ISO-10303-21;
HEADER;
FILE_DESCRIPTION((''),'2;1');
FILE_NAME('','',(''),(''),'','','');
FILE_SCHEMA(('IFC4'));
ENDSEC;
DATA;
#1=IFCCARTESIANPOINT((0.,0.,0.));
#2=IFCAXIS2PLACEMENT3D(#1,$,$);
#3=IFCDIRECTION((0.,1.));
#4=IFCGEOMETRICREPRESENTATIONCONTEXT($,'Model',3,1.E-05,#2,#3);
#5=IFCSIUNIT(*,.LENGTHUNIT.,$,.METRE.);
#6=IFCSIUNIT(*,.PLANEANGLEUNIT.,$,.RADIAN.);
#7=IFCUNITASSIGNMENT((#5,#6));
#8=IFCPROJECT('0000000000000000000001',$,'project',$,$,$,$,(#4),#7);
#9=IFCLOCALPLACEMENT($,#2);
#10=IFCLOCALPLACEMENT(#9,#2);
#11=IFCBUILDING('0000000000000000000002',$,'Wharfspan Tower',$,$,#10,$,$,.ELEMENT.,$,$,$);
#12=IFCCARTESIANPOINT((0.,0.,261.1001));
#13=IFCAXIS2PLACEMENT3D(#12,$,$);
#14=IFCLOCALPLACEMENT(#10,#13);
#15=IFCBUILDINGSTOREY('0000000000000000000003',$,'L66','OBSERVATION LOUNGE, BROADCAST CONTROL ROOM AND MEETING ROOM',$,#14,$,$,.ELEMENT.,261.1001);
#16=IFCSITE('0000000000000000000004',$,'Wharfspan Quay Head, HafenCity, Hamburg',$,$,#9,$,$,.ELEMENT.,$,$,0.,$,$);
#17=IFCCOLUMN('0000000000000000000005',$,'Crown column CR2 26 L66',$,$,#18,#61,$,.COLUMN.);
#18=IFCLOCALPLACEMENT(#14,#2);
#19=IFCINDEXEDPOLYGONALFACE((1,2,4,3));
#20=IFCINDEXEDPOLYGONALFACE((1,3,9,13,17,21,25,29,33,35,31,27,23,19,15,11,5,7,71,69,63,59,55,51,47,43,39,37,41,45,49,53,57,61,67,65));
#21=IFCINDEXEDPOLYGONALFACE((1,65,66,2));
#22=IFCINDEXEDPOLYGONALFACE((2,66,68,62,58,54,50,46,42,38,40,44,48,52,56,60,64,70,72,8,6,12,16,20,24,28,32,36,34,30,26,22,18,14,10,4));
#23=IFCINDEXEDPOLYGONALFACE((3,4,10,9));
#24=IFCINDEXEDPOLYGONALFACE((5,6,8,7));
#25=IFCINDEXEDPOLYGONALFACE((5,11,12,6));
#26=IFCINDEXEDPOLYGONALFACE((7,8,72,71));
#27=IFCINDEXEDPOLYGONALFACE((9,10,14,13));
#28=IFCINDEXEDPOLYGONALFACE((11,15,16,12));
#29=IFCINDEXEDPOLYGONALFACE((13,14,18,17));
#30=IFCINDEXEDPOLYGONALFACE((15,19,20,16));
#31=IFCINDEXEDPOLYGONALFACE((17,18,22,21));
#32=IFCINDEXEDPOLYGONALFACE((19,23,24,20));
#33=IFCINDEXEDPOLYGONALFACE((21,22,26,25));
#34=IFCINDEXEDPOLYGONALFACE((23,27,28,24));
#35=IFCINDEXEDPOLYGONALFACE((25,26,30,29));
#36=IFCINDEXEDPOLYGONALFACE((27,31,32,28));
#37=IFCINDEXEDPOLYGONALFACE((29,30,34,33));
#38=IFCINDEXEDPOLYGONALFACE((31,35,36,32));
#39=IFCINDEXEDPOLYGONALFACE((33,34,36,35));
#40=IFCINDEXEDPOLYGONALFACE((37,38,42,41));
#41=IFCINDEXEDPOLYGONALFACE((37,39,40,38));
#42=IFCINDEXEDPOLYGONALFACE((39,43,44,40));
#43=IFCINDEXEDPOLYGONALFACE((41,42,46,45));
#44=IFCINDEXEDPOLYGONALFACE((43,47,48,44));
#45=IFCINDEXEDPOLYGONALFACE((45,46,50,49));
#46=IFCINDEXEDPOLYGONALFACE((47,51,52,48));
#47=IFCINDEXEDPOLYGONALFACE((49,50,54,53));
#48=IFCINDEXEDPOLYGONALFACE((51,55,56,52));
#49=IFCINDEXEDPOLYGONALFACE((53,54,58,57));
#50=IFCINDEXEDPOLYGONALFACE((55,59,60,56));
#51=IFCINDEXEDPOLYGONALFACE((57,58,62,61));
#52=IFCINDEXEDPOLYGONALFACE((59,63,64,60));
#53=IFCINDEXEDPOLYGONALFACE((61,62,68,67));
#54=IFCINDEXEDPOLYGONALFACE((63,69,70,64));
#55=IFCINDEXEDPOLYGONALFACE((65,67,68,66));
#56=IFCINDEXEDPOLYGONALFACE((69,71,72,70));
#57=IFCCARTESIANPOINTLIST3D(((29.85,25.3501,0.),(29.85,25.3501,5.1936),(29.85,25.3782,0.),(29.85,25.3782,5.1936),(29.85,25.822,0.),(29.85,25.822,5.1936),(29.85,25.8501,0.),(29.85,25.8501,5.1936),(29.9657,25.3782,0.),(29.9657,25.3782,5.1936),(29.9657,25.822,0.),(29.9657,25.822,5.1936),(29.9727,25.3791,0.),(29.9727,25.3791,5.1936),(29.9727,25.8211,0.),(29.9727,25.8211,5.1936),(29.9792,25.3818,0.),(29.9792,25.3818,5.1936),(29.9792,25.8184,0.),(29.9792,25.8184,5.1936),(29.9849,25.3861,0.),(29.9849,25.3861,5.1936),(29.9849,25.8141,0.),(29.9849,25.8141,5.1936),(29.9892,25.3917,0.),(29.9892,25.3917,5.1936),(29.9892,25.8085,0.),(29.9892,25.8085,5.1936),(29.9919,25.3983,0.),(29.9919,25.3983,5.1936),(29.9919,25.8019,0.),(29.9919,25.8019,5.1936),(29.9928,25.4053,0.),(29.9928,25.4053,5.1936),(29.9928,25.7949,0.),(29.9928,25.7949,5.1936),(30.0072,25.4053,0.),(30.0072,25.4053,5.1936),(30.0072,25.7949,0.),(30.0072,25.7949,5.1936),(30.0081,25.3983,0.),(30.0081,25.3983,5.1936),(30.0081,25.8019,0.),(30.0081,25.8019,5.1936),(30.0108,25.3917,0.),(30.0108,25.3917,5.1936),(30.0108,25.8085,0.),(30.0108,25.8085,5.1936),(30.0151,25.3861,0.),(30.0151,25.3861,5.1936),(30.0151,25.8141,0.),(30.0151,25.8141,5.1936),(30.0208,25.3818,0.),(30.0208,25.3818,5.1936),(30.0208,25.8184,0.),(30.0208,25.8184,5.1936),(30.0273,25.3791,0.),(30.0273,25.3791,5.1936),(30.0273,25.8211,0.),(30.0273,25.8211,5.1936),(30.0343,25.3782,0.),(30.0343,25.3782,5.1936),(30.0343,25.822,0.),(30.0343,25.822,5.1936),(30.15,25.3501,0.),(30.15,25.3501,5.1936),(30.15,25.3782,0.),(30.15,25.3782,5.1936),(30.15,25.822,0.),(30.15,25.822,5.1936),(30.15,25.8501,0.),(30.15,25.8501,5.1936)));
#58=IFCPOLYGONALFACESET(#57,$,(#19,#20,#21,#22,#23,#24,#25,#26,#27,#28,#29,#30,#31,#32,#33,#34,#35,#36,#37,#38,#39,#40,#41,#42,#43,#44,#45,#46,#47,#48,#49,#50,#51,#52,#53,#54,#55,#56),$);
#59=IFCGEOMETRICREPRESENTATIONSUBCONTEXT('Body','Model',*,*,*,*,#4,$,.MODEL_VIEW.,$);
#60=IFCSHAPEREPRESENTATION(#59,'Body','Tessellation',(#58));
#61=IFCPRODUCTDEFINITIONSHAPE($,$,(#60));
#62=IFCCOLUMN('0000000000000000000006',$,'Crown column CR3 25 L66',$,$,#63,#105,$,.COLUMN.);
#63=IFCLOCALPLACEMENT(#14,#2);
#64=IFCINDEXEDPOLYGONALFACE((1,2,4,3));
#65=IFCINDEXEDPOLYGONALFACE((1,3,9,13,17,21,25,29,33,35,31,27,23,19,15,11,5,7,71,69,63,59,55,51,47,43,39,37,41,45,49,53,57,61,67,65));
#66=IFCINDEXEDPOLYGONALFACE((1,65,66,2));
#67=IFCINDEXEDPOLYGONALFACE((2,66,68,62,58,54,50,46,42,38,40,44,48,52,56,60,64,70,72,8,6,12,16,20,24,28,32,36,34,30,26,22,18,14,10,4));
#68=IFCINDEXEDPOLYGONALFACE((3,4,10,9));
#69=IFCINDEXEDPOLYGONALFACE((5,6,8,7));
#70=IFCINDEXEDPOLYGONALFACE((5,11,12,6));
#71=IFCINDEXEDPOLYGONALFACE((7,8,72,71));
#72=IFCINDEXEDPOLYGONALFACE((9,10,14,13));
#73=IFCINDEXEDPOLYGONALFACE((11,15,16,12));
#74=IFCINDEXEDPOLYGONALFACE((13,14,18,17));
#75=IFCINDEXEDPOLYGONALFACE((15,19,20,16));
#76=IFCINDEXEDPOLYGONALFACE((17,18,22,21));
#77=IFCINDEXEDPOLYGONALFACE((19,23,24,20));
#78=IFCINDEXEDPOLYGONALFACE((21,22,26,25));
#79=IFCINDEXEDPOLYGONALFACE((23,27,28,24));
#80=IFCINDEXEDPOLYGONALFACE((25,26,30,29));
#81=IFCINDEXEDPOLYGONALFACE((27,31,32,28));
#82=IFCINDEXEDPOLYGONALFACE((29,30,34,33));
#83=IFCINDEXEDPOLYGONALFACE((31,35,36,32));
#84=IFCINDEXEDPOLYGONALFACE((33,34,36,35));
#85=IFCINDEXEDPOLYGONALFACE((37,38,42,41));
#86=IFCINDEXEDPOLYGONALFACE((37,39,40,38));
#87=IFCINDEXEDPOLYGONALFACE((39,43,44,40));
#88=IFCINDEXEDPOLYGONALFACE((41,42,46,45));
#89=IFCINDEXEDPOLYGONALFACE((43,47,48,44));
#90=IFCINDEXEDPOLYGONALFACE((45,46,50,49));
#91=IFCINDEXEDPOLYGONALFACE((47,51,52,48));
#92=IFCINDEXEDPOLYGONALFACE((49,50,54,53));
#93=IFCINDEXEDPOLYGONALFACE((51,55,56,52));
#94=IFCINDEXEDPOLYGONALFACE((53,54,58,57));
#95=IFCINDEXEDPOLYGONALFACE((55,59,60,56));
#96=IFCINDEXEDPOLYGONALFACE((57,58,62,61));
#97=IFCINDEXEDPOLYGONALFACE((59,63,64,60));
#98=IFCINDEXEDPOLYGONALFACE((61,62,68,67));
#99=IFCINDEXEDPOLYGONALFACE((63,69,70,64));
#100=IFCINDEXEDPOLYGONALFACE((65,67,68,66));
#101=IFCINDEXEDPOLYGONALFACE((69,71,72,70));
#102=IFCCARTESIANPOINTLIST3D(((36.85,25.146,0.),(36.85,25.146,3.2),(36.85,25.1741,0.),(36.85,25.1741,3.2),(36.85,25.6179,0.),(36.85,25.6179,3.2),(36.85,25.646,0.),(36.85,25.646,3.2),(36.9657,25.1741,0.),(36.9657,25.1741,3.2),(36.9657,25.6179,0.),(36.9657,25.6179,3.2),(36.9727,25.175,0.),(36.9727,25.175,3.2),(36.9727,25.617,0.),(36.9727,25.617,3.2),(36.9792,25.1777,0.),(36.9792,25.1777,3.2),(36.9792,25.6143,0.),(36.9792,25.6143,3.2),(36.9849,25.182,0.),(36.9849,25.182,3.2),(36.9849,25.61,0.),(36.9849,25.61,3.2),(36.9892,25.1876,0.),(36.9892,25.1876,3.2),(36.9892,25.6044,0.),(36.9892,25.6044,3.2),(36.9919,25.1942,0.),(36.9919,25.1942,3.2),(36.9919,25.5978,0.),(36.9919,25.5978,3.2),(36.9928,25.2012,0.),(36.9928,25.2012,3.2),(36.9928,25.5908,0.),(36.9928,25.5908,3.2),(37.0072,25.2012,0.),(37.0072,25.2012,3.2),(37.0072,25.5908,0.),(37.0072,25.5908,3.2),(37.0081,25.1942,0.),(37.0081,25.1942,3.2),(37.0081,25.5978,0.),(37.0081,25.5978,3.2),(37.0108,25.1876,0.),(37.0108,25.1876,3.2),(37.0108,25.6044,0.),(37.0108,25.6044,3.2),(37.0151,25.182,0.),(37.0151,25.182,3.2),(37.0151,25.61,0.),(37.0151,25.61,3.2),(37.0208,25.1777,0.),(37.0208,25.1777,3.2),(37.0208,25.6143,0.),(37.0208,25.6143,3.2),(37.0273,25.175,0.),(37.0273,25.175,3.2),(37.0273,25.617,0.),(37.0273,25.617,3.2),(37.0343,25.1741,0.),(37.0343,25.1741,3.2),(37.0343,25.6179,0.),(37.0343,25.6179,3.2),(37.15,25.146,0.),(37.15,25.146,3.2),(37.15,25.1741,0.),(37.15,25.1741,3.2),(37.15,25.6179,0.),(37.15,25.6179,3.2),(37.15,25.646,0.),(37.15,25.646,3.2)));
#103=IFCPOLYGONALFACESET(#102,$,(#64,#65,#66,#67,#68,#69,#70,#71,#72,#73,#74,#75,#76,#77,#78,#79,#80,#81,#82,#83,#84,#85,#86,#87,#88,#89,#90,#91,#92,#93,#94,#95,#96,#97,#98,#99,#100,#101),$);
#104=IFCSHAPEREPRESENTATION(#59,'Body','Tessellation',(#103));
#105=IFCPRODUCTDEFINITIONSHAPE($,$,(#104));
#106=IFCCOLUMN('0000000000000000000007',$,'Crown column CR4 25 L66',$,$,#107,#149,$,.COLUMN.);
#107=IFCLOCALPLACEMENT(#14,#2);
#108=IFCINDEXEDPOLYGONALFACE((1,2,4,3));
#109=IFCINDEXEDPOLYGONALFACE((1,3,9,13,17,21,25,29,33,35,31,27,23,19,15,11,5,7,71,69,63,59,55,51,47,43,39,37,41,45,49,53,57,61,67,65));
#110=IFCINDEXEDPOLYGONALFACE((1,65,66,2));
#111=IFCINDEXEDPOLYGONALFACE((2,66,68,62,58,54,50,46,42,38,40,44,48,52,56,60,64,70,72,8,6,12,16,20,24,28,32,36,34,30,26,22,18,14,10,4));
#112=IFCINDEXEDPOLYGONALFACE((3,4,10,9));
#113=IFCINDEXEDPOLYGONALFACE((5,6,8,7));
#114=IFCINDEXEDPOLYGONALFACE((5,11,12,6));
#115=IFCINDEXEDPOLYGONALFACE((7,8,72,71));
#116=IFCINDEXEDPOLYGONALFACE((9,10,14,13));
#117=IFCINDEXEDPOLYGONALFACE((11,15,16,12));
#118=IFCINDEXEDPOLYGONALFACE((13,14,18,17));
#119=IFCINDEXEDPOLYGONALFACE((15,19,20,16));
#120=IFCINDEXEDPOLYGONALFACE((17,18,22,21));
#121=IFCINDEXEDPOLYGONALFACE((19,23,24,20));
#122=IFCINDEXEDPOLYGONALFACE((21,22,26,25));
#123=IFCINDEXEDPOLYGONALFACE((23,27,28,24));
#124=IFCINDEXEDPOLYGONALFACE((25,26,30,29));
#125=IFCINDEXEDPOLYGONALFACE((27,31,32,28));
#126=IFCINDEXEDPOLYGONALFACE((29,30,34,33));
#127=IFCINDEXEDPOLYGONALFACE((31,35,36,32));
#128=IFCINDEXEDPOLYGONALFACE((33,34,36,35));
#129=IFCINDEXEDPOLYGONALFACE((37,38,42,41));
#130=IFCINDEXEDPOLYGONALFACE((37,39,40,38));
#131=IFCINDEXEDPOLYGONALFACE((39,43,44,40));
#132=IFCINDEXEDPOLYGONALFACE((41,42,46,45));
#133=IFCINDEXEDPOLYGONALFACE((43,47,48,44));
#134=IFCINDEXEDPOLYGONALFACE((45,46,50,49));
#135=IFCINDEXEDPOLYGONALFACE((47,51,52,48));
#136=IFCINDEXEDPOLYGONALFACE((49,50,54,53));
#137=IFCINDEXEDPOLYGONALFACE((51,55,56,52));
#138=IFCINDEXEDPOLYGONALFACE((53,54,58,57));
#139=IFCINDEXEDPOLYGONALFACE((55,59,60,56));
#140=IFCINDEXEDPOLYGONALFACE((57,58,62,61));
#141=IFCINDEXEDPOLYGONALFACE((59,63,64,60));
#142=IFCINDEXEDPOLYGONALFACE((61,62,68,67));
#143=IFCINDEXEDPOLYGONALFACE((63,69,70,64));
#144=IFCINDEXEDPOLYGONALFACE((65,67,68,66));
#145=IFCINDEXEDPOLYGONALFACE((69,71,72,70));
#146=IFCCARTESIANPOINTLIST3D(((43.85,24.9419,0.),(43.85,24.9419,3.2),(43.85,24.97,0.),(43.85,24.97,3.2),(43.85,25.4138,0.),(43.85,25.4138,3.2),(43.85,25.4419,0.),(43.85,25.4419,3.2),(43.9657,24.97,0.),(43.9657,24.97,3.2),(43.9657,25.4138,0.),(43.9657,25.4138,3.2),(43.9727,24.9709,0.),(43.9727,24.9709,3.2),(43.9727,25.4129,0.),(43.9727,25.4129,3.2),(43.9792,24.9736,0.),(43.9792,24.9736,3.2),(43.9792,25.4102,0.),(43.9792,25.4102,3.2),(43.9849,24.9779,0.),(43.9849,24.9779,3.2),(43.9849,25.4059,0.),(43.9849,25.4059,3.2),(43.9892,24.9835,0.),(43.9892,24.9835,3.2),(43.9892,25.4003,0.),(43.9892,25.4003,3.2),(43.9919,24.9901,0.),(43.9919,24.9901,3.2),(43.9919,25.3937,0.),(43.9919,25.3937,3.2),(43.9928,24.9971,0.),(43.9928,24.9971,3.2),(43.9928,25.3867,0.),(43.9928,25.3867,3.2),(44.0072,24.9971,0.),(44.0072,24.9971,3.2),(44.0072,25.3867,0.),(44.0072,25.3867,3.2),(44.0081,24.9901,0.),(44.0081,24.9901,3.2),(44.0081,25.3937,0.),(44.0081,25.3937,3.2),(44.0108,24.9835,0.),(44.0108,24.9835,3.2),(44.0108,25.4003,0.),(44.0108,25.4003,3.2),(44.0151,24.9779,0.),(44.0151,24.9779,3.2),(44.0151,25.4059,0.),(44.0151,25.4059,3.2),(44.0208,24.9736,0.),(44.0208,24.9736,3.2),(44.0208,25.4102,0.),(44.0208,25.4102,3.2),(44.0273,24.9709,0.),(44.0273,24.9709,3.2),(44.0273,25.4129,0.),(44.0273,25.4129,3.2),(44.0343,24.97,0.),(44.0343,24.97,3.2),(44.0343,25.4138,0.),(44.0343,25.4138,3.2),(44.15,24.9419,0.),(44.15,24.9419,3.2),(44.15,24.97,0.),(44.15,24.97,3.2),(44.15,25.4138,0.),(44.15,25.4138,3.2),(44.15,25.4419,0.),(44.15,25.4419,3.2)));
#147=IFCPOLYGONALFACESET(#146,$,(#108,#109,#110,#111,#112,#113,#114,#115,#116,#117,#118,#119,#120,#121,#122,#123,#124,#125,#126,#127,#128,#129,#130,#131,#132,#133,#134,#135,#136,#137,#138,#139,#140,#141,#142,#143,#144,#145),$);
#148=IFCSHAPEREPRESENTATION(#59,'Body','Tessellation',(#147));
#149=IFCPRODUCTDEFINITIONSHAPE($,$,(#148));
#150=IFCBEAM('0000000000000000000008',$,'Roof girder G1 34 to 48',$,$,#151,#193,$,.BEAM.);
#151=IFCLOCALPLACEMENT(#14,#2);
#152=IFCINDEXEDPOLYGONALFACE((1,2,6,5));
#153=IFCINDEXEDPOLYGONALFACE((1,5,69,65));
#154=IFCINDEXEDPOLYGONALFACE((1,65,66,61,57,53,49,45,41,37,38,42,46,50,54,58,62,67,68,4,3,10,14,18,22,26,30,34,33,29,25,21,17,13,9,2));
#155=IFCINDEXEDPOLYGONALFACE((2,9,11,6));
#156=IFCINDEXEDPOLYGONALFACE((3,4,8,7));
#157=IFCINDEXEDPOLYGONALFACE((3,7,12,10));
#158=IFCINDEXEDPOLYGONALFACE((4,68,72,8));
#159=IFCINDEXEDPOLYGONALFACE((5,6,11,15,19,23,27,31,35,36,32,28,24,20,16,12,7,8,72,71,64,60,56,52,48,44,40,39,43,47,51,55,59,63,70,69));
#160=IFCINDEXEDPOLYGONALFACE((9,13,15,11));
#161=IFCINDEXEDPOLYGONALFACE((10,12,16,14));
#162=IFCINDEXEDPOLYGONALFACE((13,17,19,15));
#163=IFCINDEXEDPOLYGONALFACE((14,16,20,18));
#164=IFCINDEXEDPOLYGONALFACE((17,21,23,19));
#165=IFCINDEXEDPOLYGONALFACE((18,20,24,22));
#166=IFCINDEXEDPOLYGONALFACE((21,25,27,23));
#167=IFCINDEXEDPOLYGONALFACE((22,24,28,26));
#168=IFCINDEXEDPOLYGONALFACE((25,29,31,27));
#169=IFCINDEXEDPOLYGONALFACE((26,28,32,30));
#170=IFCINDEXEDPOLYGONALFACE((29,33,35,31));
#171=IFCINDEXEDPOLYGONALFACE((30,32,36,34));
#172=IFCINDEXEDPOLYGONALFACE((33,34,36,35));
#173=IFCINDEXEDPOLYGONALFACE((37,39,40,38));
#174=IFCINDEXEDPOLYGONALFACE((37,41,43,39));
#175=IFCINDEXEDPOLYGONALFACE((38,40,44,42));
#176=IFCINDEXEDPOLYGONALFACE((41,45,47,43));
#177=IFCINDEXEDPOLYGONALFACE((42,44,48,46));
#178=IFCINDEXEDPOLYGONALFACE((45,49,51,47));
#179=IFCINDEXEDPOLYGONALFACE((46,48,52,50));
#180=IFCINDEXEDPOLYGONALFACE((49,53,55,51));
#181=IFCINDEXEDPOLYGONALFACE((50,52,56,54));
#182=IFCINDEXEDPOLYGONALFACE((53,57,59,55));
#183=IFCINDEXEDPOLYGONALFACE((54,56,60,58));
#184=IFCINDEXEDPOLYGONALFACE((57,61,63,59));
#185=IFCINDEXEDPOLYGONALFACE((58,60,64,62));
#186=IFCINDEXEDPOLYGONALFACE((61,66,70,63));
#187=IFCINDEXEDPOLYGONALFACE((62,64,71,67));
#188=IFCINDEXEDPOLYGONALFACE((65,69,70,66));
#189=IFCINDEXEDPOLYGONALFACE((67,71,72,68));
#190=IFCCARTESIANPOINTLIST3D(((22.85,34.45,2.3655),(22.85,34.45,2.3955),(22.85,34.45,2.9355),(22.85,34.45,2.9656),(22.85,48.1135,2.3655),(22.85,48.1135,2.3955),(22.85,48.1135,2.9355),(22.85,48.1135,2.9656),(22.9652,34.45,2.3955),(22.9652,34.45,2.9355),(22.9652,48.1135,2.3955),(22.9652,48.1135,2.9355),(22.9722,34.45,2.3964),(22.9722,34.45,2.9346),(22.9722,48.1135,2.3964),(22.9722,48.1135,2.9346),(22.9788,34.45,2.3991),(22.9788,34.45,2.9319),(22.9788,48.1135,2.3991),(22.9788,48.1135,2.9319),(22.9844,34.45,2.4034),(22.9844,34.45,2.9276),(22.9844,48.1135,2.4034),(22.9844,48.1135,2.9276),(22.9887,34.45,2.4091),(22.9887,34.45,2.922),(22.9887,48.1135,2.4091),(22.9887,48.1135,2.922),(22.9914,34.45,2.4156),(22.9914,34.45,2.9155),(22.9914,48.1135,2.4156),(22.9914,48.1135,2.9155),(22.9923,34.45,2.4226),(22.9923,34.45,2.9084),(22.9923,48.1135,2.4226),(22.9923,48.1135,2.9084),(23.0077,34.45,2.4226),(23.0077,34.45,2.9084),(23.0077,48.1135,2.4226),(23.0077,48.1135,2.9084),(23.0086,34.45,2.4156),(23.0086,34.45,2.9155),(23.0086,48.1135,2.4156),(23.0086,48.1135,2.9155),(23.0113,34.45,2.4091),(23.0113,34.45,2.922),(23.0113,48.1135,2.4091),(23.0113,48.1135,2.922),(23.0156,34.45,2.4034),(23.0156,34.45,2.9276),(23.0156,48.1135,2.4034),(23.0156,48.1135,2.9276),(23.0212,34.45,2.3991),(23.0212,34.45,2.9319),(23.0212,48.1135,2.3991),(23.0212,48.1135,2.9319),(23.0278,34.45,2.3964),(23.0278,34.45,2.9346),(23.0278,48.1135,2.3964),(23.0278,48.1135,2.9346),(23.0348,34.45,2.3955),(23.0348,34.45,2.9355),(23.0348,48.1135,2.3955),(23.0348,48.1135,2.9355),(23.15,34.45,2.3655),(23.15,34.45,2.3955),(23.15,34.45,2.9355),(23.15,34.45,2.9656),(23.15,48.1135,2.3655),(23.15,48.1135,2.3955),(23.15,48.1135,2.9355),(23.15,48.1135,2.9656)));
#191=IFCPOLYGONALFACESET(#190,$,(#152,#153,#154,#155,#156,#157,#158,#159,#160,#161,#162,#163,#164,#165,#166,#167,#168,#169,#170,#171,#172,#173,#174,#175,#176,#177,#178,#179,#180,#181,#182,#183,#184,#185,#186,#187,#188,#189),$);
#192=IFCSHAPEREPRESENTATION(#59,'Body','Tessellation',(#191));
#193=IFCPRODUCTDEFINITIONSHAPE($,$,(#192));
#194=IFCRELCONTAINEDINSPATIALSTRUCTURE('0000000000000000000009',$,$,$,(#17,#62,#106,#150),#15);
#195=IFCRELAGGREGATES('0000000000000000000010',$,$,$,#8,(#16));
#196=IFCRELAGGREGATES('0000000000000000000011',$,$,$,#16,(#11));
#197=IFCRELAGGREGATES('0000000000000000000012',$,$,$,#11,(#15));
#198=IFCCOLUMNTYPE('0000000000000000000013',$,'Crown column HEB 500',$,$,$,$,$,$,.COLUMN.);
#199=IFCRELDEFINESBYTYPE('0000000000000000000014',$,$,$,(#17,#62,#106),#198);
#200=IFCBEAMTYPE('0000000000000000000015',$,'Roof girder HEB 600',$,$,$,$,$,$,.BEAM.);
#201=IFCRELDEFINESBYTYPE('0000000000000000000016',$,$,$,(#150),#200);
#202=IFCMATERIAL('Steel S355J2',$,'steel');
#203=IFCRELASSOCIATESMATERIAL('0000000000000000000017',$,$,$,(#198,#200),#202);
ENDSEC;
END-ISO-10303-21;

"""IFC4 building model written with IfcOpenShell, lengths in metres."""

from ifc_helpers import new_model, si_unit, direction, frame, origin, origin_2d, place, context, subcontext, project, spatial, i_section, extrude, material, material_profile, profile_set, type_object, element, save


model = new_model("IFC4")

# Units and contexts
model_context = context("Model", 3, precision=1e-05, world=origin(), true_north=direction((0.0, 1.0)))
body_context = subcontext(model_context, "Body", "Model", "MODEL_VIEW")
ifc_project = project(units=[si_unit("LENGTHUNIT", "METRE"), si_unit("PLANEANGLEUNIT", "RADIAN")], contexts=[model_context])

# Site, building, storey
site_placement = place(None, origin())
site = spatial("IfcSite", under=ifc_project, at=site_placement, Name="Wharfspan Quay Head, HafenCity, Hamburg", CompositionType="ELEMENT", RefElevation=0.0)
building_placement = place(site_placement, origin())
building = spatial("IfcBuilding", under=site, at=building_placement, Name="Wharfspan Tower", CompositionType="ELEMENT")
storey_placement = place(building_placement, frame((0.0, 0.0, 261.1001)))
storey = spatial("IfcBuildingStorey", under=building, at=storey_placement, Name="L66", Description="OBSERVATION LOUNGE, BROADCAST CONTROL ROOM AND MEETING ROOM", CompositionType="ELEMENT", Elevation=261.1001)

# Columns
ifc_material_1 = material(Name="Steel S355J2", Category="steel")
ifc_material_profile_1 = material_profile(ifc_material_1, i_section(OverallWidth=0.3, OverallDepth=0.5, WebThickness=0.0144, FlangeThickness=0.0281, FilletRadius=0.0271, at=origin_2d()))
ifc_profile_set_1 = profile_set([ifc_material_profile_1], Name="Steel S355J2")
column_type = type_object("IfcColumnType", Name="Crown column HEB 500", PredefinedType="COLUMN", material=ifc_profile_set_1)
column_placement = place(storey_placement, frame((30.0, 25.6001, 0.0), z_axis=(0.0, 0.0, 1.0), x_axis=(1.0, 0.0, 0.0)))
element("IfcColumn", 1, at=column_placement, inside=storey, type_object=column_type, Name="Crown column CR2 26 L66", PredefinedType="COLUMN", context=body_context, shape_type="SweptSolid", body=[
    extrude(i_section(OverallWidth=0.3, OverallDepth=0.5, WebThickness=0.0144, FlangeThickness=0.0281, FilletRadius=0.0271, at=origin_2d()), origin(), (0.0, 0.0, 1.0), 5.1936),
])
for number, where, z_axis, x_axis, name in (
    (2, (37.0, 25.396, 0.0), (0.0, 0.0, 1.0), (1.0, 0.0, 0.0), "Crown column CR3 25 L66"),
    (3, (44.0, 25.1919, 0.0), (0.0, 0.0, 1.0), (1.0, 0.0, 0.0), "Crown column CR4 25 L66"),
):
    element("IfcColumn", number, at=place(storey_placement, frame(where, z_axis=z_axis, x_axis=x_axis)), inside=storey, type_object=column_type, Name=name, PredefinedType="COLUMN", context=body_context, shape_type="SweptSolid", body=[
        extrude(i_section(OverallWidth=0.3, OverallDepth=0.5, WebThickness=0.0144, FlangeThickness=0.0281, FilletRadius=0.0271, at=origin_2d()), origin(), (0.0, 0.0, 1.0), 3.2),
    ])

# Beam
ifc_material_profile_2 = material_profile(ifc_material_1, i_section(OverallWidth=0.3, OverallDepth=0.6001, WebThickness=0.0154, FlangeThickness=0.03, FilletRadius=0.0271, at=origin_2d()))
ifc_profile_set_2 = profile_set([ifc_material_profile_2], Name="Steel S355J2")
beam_type = type_object("IfcBeamType", Name="Roof girder HEB 600", PredefinedType="BEAM", material=ifc_profile_set_2)
beam_placement = place(storey_placement, frame((23.0, 34.45, 2.6655), z_axis=(0.0, 1.0, 0.0), x_axis=(-1.0, 0.0, 0.0)))
element("IfcBeam", 4, at=beam_placement, inside=storey, type_object=beam_type, Name="Roof girder G1 34 to 48", PredefinedType="BEAM", context=body_context, shape_type="SweptSolid", body=[
    extrude(i_section(OverallWidth=0.3, OverallDepth=0.6001, WebThickness=0.0154, FlangeThickness=0.03, FilletRadius=0.0271, at=origin_2d()), origin(), (0.0, 0.0, 1.0), 13.6636),
])

save(model, "model.ifc")
